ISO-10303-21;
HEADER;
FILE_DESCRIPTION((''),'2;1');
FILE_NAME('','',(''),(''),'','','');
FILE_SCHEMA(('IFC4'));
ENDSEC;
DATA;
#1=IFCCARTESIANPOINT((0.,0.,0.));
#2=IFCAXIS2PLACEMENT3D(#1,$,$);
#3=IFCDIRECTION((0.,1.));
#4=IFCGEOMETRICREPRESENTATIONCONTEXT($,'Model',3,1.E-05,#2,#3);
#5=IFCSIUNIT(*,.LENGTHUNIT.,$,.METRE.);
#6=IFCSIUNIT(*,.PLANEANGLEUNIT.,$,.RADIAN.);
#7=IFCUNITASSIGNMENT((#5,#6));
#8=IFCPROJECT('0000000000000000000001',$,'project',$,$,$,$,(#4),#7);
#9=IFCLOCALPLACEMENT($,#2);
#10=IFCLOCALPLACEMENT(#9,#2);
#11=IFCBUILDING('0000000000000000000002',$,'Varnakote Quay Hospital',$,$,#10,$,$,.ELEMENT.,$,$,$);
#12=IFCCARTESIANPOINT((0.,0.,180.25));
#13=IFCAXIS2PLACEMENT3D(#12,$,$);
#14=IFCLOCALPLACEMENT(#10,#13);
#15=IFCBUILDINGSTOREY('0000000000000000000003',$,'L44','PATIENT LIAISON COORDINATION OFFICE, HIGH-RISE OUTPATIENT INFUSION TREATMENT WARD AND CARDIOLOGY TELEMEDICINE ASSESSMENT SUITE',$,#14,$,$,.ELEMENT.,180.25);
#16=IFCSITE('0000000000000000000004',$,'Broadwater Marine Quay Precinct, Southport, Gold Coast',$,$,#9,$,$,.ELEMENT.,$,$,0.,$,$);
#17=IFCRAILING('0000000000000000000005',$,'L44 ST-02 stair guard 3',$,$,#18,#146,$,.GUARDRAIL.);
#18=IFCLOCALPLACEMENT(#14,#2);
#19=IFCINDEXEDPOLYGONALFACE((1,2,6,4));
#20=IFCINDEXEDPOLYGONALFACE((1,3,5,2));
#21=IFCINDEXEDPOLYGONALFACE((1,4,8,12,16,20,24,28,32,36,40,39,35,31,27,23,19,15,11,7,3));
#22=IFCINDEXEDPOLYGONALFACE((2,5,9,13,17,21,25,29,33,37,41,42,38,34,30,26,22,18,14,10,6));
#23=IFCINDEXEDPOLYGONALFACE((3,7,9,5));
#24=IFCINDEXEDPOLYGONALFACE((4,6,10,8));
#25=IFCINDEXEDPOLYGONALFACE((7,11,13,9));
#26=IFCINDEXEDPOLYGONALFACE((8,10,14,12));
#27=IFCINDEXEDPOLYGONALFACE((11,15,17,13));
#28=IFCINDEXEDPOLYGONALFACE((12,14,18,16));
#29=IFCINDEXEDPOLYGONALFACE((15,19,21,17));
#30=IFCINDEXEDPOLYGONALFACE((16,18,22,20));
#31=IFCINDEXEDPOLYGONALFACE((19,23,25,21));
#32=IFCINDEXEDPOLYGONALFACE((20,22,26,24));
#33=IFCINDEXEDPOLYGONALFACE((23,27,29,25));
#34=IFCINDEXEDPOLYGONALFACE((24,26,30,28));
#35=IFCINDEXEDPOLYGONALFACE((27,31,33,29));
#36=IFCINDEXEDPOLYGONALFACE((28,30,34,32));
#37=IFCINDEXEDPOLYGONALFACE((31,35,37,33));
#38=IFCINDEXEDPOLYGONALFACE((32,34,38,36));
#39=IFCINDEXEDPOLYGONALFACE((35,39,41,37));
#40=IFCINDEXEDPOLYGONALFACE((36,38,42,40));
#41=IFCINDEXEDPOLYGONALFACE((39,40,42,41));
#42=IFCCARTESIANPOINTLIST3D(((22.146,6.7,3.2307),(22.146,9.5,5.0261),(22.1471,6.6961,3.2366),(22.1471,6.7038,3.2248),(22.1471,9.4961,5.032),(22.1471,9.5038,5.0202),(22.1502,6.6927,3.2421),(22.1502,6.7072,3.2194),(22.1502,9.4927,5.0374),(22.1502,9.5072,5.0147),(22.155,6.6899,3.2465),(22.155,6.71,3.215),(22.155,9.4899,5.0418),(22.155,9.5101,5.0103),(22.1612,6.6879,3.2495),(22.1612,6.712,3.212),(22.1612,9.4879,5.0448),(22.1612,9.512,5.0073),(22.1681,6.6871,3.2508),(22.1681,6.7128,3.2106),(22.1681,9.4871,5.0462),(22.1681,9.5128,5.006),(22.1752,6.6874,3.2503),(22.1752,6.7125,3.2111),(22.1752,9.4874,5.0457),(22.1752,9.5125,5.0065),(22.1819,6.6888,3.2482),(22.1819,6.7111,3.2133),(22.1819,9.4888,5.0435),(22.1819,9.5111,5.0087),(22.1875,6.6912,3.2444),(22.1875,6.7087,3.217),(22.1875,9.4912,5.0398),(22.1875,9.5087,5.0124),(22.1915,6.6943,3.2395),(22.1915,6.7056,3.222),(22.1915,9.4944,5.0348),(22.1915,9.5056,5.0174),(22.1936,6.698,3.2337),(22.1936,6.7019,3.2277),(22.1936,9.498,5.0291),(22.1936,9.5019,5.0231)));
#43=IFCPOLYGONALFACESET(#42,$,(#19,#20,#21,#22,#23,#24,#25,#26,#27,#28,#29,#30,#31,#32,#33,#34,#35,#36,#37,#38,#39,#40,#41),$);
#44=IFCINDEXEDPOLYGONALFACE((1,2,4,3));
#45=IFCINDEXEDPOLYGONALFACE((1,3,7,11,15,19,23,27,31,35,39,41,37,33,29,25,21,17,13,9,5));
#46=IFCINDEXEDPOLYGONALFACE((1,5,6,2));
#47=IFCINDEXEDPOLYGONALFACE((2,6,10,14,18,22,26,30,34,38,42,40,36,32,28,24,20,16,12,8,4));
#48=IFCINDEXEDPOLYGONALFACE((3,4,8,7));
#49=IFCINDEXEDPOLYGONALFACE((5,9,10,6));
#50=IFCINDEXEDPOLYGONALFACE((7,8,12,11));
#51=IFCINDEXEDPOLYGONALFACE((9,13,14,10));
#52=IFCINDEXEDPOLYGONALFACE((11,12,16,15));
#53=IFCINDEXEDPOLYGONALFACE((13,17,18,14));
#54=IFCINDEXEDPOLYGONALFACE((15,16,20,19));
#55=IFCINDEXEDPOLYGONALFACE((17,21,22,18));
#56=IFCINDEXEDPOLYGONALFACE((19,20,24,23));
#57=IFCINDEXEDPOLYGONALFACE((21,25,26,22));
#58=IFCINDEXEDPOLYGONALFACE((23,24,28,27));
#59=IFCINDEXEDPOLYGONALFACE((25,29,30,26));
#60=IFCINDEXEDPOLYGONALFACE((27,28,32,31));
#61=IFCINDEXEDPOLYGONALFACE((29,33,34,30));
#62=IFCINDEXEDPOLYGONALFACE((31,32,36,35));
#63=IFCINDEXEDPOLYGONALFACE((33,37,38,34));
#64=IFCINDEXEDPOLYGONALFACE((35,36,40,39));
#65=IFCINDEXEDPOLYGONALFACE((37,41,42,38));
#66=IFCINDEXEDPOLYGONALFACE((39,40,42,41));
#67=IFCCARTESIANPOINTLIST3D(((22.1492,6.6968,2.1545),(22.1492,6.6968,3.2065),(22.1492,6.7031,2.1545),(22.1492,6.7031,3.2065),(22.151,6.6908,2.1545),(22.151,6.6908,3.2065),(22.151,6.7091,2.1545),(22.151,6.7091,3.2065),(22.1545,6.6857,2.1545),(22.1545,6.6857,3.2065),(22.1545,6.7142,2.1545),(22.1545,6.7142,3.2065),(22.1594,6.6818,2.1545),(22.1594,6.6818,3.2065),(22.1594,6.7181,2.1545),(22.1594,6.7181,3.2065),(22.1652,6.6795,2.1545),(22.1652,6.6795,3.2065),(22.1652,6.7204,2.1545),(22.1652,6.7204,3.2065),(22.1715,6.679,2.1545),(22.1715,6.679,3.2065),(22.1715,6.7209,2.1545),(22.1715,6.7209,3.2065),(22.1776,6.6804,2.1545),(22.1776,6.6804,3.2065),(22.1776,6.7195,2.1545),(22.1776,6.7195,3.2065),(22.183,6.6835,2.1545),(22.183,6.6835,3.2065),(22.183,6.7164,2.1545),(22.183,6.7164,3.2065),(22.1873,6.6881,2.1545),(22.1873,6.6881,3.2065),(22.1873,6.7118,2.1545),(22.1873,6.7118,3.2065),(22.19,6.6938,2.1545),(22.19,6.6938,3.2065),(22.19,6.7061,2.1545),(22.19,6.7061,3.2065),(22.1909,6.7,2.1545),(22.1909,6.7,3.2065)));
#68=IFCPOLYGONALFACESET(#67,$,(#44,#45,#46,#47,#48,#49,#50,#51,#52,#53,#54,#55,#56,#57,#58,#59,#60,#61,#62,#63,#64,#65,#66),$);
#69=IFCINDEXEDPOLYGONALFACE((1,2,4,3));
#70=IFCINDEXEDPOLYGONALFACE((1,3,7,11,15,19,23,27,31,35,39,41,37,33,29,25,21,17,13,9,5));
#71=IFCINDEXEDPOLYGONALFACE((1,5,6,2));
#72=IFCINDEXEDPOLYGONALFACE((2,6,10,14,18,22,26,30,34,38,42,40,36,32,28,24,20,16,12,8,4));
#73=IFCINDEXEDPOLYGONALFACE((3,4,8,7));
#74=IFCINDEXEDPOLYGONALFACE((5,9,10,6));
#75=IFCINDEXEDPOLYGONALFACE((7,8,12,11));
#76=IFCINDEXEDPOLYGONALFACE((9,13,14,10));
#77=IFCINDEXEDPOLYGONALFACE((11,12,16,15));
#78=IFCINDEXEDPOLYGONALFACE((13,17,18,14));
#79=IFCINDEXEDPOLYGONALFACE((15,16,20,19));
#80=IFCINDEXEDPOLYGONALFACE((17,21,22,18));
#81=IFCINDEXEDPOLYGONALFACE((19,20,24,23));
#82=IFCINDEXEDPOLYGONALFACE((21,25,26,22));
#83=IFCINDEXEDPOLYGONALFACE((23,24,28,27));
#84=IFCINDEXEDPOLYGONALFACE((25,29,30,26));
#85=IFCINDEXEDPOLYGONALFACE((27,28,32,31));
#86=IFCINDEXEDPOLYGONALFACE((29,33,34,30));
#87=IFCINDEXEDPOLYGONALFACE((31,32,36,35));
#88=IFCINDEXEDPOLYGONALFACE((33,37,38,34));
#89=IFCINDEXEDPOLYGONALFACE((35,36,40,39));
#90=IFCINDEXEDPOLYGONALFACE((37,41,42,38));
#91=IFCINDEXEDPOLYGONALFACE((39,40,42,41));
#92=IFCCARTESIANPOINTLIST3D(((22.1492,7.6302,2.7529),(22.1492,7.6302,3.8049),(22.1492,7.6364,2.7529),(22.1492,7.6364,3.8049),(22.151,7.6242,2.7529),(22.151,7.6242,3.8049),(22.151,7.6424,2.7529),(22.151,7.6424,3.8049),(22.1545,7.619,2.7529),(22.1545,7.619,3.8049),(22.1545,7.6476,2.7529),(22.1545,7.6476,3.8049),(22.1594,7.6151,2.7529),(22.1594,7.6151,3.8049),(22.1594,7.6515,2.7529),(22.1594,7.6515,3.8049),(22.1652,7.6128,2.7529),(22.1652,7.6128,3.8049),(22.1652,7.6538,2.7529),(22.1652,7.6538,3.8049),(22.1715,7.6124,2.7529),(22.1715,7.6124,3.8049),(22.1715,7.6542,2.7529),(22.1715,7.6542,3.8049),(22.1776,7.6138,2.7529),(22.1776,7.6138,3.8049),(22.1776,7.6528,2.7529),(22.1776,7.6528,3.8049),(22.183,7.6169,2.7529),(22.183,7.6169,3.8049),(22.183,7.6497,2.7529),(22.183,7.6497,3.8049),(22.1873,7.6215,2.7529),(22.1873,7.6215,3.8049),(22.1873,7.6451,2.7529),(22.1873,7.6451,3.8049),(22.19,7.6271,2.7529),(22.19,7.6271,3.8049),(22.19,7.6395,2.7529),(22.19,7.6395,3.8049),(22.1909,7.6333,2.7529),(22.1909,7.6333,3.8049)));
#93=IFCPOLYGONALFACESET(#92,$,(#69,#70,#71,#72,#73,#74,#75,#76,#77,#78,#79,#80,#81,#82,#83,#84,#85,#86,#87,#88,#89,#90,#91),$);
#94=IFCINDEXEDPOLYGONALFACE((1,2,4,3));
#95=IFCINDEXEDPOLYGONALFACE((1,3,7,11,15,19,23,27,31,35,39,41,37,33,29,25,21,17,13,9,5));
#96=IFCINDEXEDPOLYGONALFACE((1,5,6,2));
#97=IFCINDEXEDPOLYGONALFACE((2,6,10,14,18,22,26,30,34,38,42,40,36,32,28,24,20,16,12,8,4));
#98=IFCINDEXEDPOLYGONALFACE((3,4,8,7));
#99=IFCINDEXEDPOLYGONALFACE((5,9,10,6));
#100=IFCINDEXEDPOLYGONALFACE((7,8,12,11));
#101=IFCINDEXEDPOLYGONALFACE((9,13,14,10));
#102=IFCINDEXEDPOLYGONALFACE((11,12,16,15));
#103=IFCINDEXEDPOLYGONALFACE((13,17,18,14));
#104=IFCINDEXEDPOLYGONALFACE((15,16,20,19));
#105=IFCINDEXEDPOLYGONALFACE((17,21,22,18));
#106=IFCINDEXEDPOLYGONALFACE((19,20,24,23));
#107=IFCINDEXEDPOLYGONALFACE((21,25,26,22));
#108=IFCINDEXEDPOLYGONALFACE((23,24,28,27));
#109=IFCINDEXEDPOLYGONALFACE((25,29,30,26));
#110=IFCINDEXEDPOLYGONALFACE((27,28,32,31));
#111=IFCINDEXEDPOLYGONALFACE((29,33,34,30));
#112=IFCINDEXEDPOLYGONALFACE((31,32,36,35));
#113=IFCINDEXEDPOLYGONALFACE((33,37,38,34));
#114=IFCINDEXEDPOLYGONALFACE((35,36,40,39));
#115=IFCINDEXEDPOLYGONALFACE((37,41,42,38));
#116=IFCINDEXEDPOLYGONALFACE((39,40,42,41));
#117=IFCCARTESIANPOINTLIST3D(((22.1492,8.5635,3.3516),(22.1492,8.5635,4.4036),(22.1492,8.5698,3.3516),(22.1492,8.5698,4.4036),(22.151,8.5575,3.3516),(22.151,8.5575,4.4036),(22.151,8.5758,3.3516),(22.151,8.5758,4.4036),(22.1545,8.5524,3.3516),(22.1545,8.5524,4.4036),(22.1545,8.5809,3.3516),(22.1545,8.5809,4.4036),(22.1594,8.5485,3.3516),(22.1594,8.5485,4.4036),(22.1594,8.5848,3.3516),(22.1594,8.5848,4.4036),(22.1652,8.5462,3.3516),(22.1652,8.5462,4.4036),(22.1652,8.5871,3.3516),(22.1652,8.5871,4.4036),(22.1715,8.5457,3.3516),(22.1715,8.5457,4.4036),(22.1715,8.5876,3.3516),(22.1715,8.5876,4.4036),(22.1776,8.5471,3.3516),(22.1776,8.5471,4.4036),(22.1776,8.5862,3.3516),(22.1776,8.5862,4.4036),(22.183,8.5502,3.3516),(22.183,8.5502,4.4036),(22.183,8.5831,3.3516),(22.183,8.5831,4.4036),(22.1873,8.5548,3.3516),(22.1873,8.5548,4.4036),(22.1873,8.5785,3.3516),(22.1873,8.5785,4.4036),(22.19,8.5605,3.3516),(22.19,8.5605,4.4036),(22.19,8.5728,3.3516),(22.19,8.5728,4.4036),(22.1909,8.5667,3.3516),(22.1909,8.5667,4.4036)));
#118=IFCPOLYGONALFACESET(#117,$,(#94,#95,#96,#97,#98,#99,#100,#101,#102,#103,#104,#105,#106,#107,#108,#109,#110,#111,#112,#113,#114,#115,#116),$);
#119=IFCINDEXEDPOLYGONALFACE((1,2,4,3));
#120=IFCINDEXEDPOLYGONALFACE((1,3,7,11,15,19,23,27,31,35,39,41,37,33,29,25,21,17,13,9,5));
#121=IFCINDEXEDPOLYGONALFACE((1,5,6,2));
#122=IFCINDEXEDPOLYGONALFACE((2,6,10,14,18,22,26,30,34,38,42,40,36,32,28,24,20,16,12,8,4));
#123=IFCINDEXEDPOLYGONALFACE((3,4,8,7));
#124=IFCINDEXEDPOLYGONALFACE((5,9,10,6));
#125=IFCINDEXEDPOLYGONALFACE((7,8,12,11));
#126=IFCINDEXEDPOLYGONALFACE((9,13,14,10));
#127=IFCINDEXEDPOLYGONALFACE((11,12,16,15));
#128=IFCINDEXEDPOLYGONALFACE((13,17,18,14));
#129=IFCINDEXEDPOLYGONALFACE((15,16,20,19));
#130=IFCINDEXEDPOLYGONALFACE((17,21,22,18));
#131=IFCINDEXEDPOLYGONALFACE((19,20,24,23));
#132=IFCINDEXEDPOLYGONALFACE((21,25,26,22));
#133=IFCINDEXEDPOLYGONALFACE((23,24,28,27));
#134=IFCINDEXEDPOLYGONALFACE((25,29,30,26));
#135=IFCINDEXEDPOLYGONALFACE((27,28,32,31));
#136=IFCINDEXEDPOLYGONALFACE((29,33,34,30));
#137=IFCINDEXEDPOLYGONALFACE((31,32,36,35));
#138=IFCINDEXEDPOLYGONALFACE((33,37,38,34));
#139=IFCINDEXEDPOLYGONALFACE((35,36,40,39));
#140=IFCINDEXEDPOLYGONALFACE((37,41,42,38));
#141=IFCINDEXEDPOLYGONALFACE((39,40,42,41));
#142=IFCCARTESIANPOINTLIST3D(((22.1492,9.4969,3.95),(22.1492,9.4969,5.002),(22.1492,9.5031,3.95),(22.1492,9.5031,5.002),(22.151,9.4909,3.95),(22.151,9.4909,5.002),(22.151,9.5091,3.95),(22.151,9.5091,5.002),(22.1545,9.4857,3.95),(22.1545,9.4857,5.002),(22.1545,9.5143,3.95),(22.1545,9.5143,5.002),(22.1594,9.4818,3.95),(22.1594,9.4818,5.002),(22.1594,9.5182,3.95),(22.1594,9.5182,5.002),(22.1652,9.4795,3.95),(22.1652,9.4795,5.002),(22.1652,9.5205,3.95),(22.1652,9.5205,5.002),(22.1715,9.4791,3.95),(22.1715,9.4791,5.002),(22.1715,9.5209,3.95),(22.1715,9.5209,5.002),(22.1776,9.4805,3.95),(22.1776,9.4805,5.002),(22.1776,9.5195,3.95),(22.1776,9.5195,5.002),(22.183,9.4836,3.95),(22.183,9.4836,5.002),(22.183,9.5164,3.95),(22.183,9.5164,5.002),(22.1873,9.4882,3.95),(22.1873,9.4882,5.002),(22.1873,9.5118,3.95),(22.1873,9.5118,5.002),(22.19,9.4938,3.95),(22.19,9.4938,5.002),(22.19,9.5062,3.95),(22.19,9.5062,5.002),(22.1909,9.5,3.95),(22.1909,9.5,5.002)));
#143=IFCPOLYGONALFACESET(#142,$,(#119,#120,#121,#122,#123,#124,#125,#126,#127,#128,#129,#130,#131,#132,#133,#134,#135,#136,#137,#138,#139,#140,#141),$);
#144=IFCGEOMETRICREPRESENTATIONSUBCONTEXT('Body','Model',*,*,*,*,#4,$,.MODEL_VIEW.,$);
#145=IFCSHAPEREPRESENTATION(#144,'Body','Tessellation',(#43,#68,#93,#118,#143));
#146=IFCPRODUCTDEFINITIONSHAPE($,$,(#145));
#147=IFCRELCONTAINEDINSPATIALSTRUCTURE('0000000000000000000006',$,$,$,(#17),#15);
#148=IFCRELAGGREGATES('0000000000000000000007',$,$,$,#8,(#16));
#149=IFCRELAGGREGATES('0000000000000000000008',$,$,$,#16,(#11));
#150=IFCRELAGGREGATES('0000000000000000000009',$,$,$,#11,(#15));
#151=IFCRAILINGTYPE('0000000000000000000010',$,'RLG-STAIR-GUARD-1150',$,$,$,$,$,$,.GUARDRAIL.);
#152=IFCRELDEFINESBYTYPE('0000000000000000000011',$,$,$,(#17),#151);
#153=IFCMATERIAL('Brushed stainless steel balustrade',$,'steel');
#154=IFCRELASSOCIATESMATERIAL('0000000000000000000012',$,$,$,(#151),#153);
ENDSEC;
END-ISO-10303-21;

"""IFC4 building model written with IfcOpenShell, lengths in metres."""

from ifc_helpers import new_model, si_unit, direction, frame, origin, origin_2d, place, context, subcontext, project, spatial, circle, extrude, material, type_object, element, save


model = new_model("IFC4")

# Units and contexts
model_context = context("Model", 3, precision=1e-05, world=origin(), true_north=direction((0.0, 1.0)))
body_context = subcontext(model_context, "Body", "Model", "MODEL_VIEW")
ifc_project = project(units=[si_unit("LENGTHUNIT", "METRE"), si_unit("PLANEANGLEUNIT", "RADIAN")], contexts=[model_context])

# Site, building, storey
site_placement = place(None, origin())
site = spatial("IfcSite", under=ifc_project, at=site_placement, Name="Broadwater Marine Quay Precinct, Southport, Gold Coast", CompositionType="ELEMENT", RefElevation=0.0)
building_placement = place(site_placement, origin())
building = spatial("IfcBuilding", under=site, at=building_placement, Name="Varnakote Quay Hospital", CompositionType="ELEMENT")
storey_placement = place(building_placement, frame((0.0, 0.0, 180.25)))
storey = spatial("IfcBuildingStorey", under=building, at=storey_placement, Name="L44", Description="PATIENT LIAISON COORDINATION OFFICE, HIGH-RISE OUTPATIENT INFUSION TREATMENT WARD AND CARDIOLOGY TELEMEDICINE ASSESSMENT SUITE", CompositionType="ELEMENT", Elevation=180.25)

# Railing
ifc_material_1 = material(Name="Brushed stainless steel balustrade", Category="steel")
railing_type_1 = type_object("IfcRailingType", Name="RLG-STAIR-GUARD-1150", PredefinedType="GUARDRAIL", material=ifc_material_1)
railing_1_placement = place(storey_placement, frame((22.1699, 6.7, 2.1545)))
element("IfcRailing", 1, at=railing_1_placement, inside=storey, type_object=railing_type_1, Name="L44 ST-02 stair guard 3", PredefinedType="GUARDRAIL", context=body_context, shape_type="SweptSolid", body=[
    extrude(circle(Radius=0.0239, at=origin_2d()), frame((0.0, 0.0, 1.0762), z_axis=(0.0, 0.84181, 0.539774), x_axis=(-1.0, 0.0, 0.0)), (0.0, 0.0, 1.0), 3.3262),
    extrude(circle(Radius=0.021, at=origin_2d()), origin(), (0.0, 0.0, 1.0), 1.052),
    extrude(circle(Radius=0.021, at=origin_2d()), frame((0.0, 0.9333, 0.5984)), (0.0, 0.0, 1.0), 1.052),
    extrude(circle(Radius=0.021, at=origin_2d()), frame((0.0, 1.8667, 1.197)), (0.0, 0.0, 1.0), 1.052),
    extrude(circle(Radius=0.021, at=origin_2d()), frame((0.0, 2.8, 1.7954)), (0.0, 0.0, 1.0), 1.052),
])

save(model, "model.ifc")
